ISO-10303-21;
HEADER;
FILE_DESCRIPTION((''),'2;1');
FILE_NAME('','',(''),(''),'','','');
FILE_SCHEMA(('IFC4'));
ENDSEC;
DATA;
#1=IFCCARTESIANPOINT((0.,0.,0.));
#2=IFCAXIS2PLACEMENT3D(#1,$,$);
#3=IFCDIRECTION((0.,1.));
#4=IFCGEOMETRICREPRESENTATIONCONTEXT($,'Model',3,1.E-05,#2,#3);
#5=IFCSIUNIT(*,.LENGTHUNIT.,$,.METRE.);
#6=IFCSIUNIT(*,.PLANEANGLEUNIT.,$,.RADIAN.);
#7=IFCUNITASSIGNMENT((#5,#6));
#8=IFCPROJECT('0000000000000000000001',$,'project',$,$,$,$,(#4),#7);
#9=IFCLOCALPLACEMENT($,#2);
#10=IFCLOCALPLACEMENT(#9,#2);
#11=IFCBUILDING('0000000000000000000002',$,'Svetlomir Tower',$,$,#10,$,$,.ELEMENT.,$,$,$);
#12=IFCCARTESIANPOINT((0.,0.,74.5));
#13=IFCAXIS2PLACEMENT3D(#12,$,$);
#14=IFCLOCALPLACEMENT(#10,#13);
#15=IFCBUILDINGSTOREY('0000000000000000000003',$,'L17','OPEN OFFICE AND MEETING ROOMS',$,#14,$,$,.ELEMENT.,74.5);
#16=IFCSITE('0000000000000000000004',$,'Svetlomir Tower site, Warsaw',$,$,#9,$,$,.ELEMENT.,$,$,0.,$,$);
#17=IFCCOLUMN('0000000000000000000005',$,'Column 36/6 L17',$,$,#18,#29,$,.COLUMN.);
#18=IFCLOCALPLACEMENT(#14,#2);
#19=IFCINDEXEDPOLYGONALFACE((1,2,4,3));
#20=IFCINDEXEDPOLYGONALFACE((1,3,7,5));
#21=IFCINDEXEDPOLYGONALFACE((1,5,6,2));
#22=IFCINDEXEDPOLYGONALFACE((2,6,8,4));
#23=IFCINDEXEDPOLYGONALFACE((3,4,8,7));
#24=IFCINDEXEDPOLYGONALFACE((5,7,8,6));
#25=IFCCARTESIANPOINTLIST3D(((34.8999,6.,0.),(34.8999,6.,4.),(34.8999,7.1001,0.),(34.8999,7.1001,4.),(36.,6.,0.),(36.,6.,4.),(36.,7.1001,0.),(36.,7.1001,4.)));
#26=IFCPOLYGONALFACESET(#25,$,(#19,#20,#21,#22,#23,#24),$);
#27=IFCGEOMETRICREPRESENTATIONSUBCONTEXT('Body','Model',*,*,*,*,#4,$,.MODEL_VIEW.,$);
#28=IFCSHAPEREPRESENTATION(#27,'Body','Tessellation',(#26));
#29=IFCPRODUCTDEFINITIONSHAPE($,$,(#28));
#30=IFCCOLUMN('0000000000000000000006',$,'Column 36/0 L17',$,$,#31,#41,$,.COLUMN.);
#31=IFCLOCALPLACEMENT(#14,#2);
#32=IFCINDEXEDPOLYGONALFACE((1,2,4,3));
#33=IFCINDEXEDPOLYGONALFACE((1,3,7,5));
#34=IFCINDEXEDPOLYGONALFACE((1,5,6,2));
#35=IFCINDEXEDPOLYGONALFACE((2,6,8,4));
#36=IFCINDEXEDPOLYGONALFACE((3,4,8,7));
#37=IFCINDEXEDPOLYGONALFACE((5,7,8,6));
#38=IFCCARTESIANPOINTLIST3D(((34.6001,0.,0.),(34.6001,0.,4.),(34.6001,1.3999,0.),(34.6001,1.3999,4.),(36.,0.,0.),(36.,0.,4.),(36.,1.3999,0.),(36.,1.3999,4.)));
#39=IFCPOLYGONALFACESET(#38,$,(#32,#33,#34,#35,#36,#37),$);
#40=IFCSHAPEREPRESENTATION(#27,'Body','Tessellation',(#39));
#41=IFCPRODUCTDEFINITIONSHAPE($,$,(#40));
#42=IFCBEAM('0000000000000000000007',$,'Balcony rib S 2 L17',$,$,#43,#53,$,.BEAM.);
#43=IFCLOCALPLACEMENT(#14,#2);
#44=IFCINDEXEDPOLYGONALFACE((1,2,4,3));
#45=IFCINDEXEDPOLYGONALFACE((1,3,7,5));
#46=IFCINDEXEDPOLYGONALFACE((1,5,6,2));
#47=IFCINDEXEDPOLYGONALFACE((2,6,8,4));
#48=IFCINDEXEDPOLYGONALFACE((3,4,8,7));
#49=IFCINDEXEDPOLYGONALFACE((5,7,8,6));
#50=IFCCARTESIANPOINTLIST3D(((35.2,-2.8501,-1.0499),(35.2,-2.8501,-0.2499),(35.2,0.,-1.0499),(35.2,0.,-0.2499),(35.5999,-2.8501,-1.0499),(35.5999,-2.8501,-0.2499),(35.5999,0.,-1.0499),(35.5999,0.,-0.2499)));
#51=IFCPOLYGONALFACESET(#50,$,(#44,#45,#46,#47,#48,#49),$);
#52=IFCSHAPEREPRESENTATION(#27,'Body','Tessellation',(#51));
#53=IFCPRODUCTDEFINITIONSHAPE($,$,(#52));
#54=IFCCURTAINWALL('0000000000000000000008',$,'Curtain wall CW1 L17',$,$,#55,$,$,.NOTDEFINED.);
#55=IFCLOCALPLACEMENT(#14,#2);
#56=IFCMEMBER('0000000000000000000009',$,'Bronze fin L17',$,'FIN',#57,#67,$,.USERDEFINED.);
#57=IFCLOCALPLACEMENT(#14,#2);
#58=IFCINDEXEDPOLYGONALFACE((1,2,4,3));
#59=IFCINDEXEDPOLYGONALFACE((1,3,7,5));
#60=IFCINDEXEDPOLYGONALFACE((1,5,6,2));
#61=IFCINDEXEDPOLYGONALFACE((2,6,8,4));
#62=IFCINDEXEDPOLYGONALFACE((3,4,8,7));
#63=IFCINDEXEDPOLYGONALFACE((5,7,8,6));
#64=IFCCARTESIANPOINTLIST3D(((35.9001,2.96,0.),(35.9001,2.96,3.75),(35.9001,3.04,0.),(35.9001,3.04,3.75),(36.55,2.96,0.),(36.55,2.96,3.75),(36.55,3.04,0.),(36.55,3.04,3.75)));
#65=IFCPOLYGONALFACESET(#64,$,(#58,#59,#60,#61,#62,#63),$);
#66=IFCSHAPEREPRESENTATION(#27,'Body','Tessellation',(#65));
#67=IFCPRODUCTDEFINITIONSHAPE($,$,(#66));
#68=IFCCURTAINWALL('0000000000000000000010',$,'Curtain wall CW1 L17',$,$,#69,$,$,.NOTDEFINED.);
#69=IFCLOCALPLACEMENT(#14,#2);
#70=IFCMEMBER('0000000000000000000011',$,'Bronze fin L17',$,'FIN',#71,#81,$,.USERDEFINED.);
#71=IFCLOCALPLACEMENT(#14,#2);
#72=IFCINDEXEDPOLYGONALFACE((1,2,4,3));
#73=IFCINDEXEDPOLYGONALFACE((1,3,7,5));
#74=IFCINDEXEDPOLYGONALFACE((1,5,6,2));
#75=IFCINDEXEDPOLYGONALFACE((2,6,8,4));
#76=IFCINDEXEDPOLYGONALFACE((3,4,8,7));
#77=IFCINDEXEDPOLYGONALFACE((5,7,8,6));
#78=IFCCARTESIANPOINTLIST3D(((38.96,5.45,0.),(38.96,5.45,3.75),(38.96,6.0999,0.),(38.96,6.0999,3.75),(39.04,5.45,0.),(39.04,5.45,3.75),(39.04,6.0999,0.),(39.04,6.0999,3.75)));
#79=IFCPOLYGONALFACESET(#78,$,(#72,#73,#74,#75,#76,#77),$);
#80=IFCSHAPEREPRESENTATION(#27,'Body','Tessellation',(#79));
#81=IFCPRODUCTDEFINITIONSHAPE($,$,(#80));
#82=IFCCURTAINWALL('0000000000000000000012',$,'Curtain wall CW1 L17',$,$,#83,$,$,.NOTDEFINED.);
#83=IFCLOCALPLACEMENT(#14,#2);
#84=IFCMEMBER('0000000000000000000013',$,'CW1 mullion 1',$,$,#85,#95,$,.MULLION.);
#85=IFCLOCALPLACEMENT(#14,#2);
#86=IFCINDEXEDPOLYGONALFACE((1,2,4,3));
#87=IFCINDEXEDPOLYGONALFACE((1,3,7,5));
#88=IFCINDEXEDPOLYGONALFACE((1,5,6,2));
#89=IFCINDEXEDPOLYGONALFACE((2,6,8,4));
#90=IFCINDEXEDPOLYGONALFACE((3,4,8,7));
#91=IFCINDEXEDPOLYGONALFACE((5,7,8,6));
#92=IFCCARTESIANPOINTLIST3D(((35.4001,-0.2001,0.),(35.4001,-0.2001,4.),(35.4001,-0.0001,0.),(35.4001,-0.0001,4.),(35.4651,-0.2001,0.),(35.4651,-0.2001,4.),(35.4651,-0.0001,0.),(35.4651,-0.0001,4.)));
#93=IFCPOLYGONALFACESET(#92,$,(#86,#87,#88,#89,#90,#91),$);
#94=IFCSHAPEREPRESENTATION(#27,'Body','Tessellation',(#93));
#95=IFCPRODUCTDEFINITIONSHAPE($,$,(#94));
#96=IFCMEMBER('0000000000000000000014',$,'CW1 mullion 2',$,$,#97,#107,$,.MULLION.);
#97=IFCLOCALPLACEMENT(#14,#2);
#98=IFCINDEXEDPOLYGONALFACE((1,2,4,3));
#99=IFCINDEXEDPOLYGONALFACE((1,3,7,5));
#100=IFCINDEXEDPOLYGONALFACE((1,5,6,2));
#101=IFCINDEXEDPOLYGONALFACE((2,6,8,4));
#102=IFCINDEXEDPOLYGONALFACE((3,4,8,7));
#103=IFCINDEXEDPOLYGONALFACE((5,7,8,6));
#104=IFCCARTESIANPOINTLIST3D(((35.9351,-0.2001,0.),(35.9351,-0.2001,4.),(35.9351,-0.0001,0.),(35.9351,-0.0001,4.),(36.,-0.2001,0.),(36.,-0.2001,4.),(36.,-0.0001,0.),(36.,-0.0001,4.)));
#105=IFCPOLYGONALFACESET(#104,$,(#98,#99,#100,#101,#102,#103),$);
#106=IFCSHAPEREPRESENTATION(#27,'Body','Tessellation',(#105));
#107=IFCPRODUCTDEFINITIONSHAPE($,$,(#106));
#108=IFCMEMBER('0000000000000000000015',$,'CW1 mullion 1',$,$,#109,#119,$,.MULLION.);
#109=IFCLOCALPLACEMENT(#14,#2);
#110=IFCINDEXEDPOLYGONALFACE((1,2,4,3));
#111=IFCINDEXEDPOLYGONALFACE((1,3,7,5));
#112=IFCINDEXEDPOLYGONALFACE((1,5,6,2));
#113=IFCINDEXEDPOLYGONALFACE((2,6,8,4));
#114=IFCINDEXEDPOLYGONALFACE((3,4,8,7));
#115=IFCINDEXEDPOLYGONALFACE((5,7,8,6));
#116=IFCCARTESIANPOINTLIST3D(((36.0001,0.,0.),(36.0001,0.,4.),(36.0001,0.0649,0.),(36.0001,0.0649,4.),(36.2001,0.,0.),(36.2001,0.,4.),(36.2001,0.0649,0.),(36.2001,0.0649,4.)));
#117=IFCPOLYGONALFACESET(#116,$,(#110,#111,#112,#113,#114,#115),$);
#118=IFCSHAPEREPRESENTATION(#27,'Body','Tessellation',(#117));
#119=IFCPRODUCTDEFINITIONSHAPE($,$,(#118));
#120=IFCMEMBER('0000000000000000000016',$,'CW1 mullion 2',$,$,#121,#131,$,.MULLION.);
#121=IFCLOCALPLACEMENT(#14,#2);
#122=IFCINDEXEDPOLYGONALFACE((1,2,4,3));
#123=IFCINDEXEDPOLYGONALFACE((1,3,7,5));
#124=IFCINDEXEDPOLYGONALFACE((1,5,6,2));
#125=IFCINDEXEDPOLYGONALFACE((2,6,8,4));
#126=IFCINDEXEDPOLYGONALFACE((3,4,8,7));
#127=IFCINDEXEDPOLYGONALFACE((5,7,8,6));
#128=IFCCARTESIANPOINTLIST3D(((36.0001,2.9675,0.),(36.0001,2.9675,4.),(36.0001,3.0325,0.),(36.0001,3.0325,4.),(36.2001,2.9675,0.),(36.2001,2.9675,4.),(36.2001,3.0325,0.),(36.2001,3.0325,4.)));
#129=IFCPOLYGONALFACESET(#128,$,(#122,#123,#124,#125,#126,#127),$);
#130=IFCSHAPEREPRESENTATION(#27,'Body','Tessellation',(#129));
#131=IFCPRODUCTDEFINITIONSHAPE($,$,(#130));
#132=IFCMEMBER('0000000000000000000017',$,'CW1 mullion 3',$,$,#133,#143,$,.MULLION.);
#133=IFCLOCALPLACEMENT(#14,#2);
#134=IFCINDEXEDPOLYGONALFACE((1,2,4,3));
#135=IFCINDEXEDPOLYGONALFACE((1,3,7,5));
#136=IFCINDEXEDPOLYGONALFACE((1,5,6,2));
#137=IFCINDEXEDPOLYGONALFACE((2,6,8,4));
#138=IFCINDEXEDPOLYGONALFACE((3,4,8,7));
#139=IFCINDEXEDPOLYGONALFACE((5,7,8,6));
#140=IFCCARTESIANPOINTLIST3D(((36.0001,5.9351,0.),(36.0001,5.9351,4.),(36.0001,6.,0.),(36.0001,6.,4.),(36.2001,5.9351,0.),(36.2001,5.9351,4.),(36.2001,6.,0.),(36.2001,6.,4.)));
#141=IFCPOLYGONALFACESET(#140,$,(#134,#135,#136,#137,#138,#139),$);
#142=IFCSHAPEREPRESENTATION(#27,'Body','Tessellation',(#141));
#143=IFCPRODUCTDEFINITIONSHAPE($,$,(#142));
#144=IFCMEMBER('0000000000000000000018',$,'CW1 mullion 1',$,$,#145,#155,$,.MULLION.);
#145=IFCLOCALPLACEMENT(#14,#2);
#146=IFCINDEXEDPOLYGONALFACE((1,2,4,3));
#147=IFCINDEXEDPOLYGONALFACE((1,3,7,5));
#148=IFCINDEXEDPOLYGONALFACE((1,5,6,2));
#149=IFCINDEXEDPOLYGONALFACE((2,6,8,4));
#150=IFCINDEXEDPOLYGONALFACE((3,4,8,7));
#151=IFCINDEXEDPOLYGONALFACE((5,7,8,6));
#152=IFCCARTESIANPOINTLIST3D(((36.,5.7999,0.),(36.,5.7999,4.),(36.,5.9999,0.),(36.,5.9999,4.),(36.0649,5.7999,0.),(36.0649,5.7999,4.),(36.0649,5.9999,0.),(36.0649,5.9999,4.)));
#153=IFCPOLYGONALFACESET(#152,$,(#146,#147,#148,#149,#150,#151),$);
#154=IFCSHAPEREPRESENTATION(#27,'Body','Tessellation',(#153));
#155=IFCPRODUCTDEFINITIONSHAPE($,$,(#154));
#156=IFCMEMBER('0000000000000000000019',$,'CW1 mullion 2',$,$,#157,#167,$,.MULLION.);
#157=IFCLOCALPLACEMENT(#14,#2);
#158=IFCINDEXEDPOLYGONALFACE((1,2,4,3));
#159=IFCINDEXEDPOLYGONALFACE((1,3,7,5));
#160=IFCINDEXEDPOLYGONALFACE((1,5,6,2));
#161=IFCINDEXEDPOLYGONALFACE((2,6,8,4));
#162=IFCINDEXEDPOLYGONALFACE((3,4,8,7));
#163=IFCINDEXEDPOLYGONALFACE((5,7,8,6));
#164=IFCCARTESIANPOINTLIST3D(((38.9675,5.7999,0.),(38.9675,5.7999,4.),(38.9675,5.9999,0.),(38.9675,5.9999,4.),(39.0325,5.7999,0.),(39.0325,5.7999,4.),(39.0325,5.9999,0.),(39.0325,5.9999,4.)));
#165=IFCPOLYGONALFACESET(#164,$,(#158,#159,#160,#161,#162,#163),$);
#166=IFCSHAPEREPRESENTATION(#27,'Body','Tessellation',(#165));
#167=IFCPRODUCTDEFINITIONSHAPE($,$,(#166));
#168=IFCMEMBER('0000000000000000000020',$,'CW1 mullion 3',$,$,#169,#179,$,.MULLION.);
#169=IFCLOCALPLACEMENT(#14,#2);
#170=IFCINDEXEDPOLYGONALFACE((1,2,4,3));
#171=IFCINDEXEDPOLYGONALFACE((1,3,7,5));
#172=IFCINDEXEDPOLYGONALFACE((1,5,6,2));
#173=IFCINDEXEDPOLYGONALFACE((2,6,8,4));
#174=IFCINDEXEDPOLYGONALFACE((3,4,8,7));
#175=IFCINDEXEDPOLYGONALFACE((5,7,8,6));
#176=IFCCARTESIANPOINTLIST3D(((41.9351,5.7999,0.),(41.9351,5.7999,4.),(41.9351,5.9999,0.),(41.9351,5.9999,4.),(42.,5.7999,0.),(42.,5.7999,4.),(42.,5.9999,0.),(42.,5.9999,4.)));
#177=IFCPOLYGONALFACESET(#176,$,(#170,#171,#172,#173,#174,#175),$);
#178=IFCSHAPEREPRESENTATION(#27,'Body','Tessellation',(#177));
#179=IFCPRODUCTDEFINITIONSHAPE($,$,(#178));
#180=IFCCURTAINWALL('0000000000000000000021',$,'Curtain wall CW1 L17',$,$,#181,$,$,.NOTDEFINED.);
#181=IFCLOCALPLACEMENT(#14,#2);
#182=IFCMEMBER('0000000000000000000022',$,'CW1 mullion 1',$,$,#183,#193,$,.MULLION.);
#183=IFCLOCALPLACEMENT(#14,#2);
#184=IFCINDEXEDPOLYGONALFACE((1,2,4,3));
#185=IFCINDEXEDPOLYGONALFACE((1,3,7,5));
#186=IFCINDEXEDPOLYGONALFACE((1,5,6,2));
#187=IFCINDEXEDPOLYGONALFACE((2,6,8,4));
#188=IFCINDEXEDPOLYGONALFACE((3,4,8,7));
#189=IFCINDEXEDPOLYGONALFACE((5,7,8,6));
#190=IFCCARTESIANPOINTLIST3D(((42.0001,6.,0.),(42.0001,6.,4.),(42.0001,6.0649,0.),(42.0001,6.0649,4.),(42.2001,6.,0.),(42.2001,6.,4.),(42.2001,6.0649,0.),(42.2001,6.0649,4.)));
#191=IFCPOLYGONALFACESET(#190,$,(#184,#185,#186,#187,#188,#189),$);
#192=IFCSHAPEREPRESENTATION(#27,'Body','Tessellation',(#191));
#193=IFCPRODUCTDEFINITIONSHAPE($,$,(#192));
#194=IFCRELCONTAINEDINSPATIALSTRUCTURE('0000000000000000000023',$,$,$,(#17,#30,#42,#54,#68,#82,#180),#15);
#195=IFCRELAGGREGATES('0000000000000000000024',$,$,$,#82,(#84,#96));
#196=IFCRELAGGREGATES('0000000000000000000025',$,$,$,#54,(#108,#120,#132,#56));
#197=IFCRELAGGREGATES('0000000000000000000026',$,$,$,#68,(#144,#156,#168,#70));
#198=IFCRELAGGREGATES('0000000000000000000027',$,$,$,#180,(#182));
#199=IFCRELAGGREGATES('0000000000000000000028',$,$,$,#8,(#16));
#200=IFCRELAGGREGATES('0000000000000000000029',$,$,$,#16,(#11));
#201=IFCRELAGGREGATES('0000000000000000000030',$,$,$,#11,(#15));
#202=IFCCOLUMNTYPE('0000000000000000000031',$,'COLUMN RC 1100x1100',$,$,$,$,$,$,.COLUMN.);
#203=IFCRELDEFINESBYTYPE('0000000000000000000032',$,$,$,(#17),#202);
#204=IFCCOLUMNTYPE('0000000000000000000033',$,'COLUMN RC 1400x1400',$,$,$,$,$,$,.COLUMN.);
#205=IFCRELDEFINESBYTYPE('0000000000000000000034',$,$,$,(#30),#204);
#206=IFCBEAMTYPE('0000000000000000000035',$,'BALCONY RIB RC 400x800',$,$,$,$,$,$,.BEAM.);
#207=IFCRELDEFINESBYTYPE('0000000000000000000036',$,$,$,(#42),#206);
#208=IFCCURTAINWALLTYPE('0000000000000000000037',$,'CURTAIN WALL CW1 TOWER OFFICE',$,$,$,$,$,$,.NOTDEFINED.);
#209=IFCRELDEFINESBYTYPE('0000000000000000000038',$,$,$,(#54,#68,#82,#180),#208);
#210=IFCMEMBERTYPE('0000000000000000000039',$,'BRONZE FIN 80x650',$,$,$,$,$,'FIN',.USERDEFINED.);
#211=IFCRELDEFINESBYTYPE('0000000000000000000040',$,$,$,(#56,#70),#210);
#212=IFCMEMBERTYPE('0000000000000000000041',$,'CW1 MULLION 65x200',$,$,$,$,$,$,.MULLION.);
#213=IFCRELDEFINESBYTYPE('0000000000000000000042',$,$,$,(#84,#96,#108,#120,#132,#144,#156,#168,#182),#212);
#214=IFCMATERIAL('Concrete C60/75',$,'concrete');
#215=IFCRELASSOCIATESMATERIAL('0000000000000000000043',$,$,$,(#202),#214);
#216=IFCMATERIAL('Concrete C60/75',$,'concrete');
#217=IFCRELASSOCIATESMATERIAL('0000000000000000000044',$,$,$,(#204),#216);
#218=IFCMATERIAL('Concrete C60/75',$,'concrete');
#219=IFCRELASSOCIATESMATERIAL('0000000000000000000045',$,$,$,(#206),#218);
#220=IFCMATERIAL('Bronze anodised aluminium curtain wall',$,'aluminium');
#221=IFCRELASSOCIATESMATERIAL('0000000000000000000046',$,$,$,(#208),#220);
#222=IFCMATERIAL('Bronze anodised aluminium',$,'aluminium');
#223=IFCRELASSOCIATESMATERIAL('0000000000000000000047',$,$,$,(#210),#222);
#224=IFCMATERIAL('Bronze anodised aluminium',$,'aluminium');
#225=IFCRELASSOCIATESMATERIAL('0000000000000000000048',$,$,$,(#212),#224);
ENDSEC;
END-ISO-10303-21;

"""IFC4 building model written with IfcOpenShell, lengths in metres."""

from ifc_helpers import new_model, si_unit, direction, frame, origin, origin_2d, place, context, subcontext, project, spatial, rectangle, extrude, material, material_profile, profile_set, type_object, element, aggregate, save


model = new_model("IFC4")

# Units and contexts
model_context = context("Model", 3, precision=1e-05, world=origin(), true_north=direction((0.0, 1.0)))
body_context = subcontext(model_context, "Body", "Model", "MODEL_VIEW")
ifc_project = project(units=[si_unit("LENGTHUNIT", "METRE"), si_unit("PLANEANGLEUNIT", "RADIAN")], contexts=[model_context])

# Site, building, storey
site_placement = place(None, origin())
site = spatial("IfcSite", under=ifc_project, at=site_placement, Name="Svetlomir Tower site, Warsaw", CompositionType="ELEMENT", RefElevation=0.0)
building_placement = place(site_placement, origin())
building = spatial("IfcBuilding", under=site, at=building_placement, Name="Svetlomir Tower", CompositionType="ELEMENT")
storey_placement = place(building_placement, frame((0.0, 0.0, 74.5)))
storey = spatial("IfcBuildingStorey", under=building, at=storey_placement, Name="L17", Description="OPEN OFFICE AND MEETING ROOMS", CompositionType="ELEMENT", Elevation=74.5)

# Columns
ifc_material_1 = material(Name="Concrete C60/75", Category="concrete")
ifc_material_profile_1 = material_profile(ifc_material_1, rectangle(XDim=1.1001, YDim=1.1001, at=origin_2d()), Name="RC 1100x1100")
ifc_profile_set_1 = profile_set([ifc_material_profile_1], Name="Concrete C60/75")
column_type_1 = type_object("IfcColumnType", Name="COLUMN RC 1100x1100", PredefinedType="COLUMN", material=ifc_profile_set_1)
column_1_placement = place(storey_placement, frame((35.45, 6.55, 0.0), z_axis=(0.0, 0.0, 1.0), x_axis=(1.0, 0.0, 0.0)))
element("IfcColumn", 1, at=column_1_placement, inside=storey, type_object=column_type_1, Name="Column 36/6 L17", PredefinedType="COLUMN", context=body_context, shape_type="SweptSolid", body=[
    extrude(rectangle(XDim=1.1001, YDim=1.1001, at=origin_2d()), origin(), (0.0, 0.0, 1.0), 4.0),
])
ifc_material_2 = material(Name="Concrete C60/75", Category="concrete")
ifc_material_profile_2 = material_profile(ifc_material_2, rectangle(XDim=1.3999, YDim=1.3999, at=origin_2d()), Name="RC 1400x1400")
ifc_profile_set_2 = profile_set([ifc_material_profile_2], Name="Concrete C60/75")
column_type_2 = type_object("IfcColumnType", Name="COLUMN RC 1400x1400", PredefinedType="COLUMN", material=ifc_profile_set_2)
column_2_placement = place(storey_placement, frame((35.3, 0.7, 0.0), z_axis=(0.0, 0.0, 1.0), x_axis=(1.0, 0.0, 0.0)))
element("IfcColumn", 2, at=column_2_placement, inside=storey, type_object=column_type_2, Name="Column 36/0 L17", PredefinedType="COLUMN", context=body_context, shape_type="SweptSolid", body=[
    extrude(rectangle(XDim=1.3999, YDim=1.3999, at=origin_2d()), origin(), (0.0, 0.0, 1.0), 4.0),
])

# Beam
ifc_material_3 = material(Name="Concrete C60/75", Category="concrete")
ifc_material_profile_3 = material_profile(ifc_material_3, rectangle(XDim=0.3999, YDim=0.8, at=origin_2d()), Name="RC 400x800")
ifc_profile_set_3 = profile_set([ifc_material_profile_3], Name="Concrete C60/75")
beam_type_1 = type_object("IfcBeamType", Name="BALCONY RIB RC 400x800", PredefinedType="BEAM", material=ifc_profile_set_3)
beam_placement = place(storey_placement, frame((35.3999, 0.0, -0.6499), z_axis=(0.0, -1.0, 0.0), x_axis=(1.0, 0.0, 0.0)))
element("IfcBeam", 3, at=beam_placement, inside=storey, type_object=beam_type_1, Name="Balcony rib S 2 L17", PredefinedType="BEAM", context=body_context, shape_type="SweptSolid", body=[
    extrude(rectangle(XDim=0.3999, YDim=0.8, at=origin_2d()), origin(), (0.0, 0.0, 1.0), 2.8501),
])

# Curtain walls, members
ifc_material_4 = material(Name="Bronze anodised aluminium curtain wall", Category="aluminium")
curtain_wall_type = type_object("IfcCurtainWallType", Name="CURTAIN WALL CW1 TOWER OFFICE", PredefinedType="NOTDEFINED", material=ifc_material_4)
curtain_wall_1_placement = place(storey_placement, origin())
curtain_wall_1 = element("IfcCurtainWall", 4, at=curtain_wall_1_placement, inside=storey, type_object=curtain_wall_type, Name="Curtain wall CW1 L17", PredefinedType="NOTDEFINED")
ifc_material_5 = material(Name="Bronze anodised aluminium", Category="aluminium")
ifc_material_profile_4 = material_profile(ifc_material_5, rectangle(XDim=0.0801, YDim=0.6499, at=origin_2d()), Name="FIN 80x650")
ifc_profile_set_4 = profile_set([ifc_material_profile_4], Name="Bronze anodised aluminium 6063-T6")
member_type_1 = type_object("IfcMemberType", Name="BRONZE FIN 80x650", ElementType="FIN", PredefinedType="USERDEFINED", material=ifc_profile_set_4)
member_1_placement = place(storey_placement, frame((36.2251, 3.0, 0.0), z_axis=(0.0, 0.0, 1.0), x_axis=(0.0, 1.0, 0.0)))
member_1 = element("IfcMember", 5, at=member_1_placement, type_object=member_type_1, Name="Bronze fin L17", ObjectType="FIN", PredefinedType="USERDEFINED", context=body_context, shape_type="SweptSolid", body=[
    extrude(rectangle(XDim=0.0801, YDim=0.6499, at=origin_2d()), origin(), (0.0, 0.0, 1.0), 3.75),
])
curtain_wall_2_placement = place(storey_placement, origin())
curtain_wall_2 = element("IfcCurtainWall", 6, at=curtain_wall_2_placement, inside=storey, type_object=curtain_wall_type, Name="Curtain wall CW1 L17", PredefinedType="NOTDEFINED")
member_2_placement = place(storey_placement, frame((39.0, 5.7749, 0.0), z_axis=(0.0, 0.0, 1.0), x_axis=(1.0, 0.0, 0.0)))
member_2 = element("IfcMember", 7, at=member_2_placement, type_object=member_type_1, Name="Bronze fin L17", ObjectType="FIN", PredefinedType="USERDEFINED", context=body_context, shape_type="SweptSolid", body=[
    extrude(rectangle(XDim=0.0801, YDim=0.6499, at=origin_2d()), origin(), (0.0, 0.0, 1.0), 3.75),
])

# Curtain wall, members
curtain_wall_3_placement = place(storey_placement, origin())
curtain_wall_3 = element("IfcCurtainWall", 8, at=curtain_wall_3_placement, inside=storey, type_object=curtain_wall_type, Name="Curtain wall CW1 L17", PredefinedType="NOTDEFINED")
ifc_material_6 = material(Name="Bronze anodised aluminium", Category="aluminium")
ifc_material_profile_5 = material_profile(ifc_material_6, rectangle(XDim=0.0649, YDim=0.2, at=origin_2d()), Name="AL 65x200")
ifc_profile_set_5 = profile_set([ifc_material_profile_5], Name="Bronze anodised aluminium 6063-T6")
member_type_2 = type_object("IfcMemberType", Name="CW1 MULLION 65x200", PredefinedType="MULLION", material=ifc_profile_set_5)
member_3_placement = place(storey_placement, frame((35.4326, -0.1001, 0.0), z_axis=(0.0, 0.0, 1.0), x_axis=(1.0, 0.0, 0.0)))
member_3 = element("IfcMember", 9, at=member_3_placement, type_object=member_type_2, Name="CW1 mullion 1", PredefinedType="MULLION", context=body_context, shape_type="SweptSolid", body=[
    extrude(rectangle(XDim=0.0649, YDim=0.2, at=origin_2d()), origin(), (0.0, 0.0, 1.0), 4.0),
])
member_4_placement = place(storey_placement, frame((35.9675, -0.1001, 0.0), z_axis=(0.0, 0.0, 1.0), x_axis=(1.0, 0.0, 0.0)))
member_4 = element("IfcMember", 10, at=member_4_placement, type_object=member_type_2, Name="CW1 mullion 2", PredefinedType="MULLION", context=body_context, shape_type="SweptSolid", body=[
    extrude(rectangle(XDim=0.0649, YDim=0.2, at=origin_2d()), origin(), (0.0, 0.0, 1.0), 4.0),
])

# Members
member_5_placement = place(storey_placement, frame((36.1001, 0.0325, 0.0), z_axis=(0.0, 0.0, 1.0), x_axis=(0.0, 1.0, 0.0)))
member_5 = element("IfcMember", 11, at=member_5_placement, type_object=member_type_2, Name="CW1 mullion 1", PredefinedType="MULLION", context=body_context, shape_type="SweptSolid", body=[
    extrude(rectangle(XDim=0.0649, YDim=0.2, at=origin_2d()), origin(), (0.0, 0.0, 1.0), 4.0),
])
member_6_placement = place(storey_placement, frame((36.1001, 3.0, 0.0), z_axis=(0.0, 0.0, 1.0), x_axis=(0.0, 1.0, 0.0)))
member_6 = element("IfcMember", 12, at=member_6_placement, type_object=member_type_2, Name="CW1 mullion 2", PredefinedType="MULLION", context=body_context, shape_type="SweptSolid", body=[
    extrude(rectangle(XDim=0.0649, YDim=0.2, at=origin_2d()), origin(), (0.0, 0.0, 1.0), 4.0),
])
member_7_placement = place(storey_placement, frame((36.1001, 5.9675, 0.0), z_axis=(0.0, 0.0, 1.0), x_axis=(0.0, 1.0, 0.0)))
member_7 = element("IfcMember", 13, at=member_7_placement, type_object=member_type_2, Name="CW1 mullion 3", PredefinedType="MULLION", context=body_context, shape_type="SweptSolid", body=[
    extrude(rectangle(XDim=0.0649, YDim=0.2, at=origin_2d()), origin(), (0.0, 0.0, 1.0), 4.0),
])
member_8_placement = place(storey_placement, frame((36.0325, 5.8999, 0.0), z_axis=(0.0, 0.0, 1.0), x_axis=(1.0, 0.0, 0.0)))
member_8 = element("IfcMember", 14, at=member_8_placement, type_object=member_type_2, Name="CW1 mullion 1", PredefinedType="MULLION", context=body_context, shape_type="SweptSolid", body=[
    extrude(rectangle(XDim=0.0649, YDim=0.2, at=origin_2d()), origin(), (0.0, 0.0, 1.0), 4.0),
])
member_9_placement = place(storey_placement, frame((39.0, 5.8999, 0.0), z_axis=(0.0, 0.0, 1.0), x_axis=(1.0, 0.0, 0.0)))
member_9 = element("IfcMember", 15, at=member_9_placement, type_object=member_type_2, Name="CW1 mullion 2", PredefinedType="MULLION", context=body_context, shape_type="SweptSolid", body=[
    extrude(rectangle(XDim=0.0649, YDim=0.2, at=origin_2d()), origin(), (0.0, 0.0, 1.0), 4.0),
])
member_10_placement = place(storey_placement, frame((41.9675, 5.8999, 0.0), z_axis=(0.0, 0.0, 1.0), x_axis=(1.0, 0.0, 0.0)))
member_10 = element("IfcMember", 16, at=member_10_placement, type_object=member_type_2, Name="CW1 mullion 3", PredefinedType="MULLION", context=body_context, shape_type="SweptSolid", body=[
    extrude(rectangle(XDim=0.0649, YDim=0.2, at=origin_2d()), origin(), (0.0, 0.0, 1.0), 4.0),
])

# Curtain wall, member
curtain_wall_4_placement = place(storey_placement, origin())
curtain_wall_4 = element("IfcCurtainWall", 17, at=curtain_wall_4_placement, inside=storey, type_object=curtain_wall_type, Name="Curtain wall CW1 L17", PredefinedType="NOTDEFINED")
member_11_placement = place(storey_placement, frame((42.1001, 6.0325, 0.0), z_axis=(0.0, 0.0, 1.0), x_axis=(0.0, 1.0, 0.0)))
member_11 = element("IfcMember", 18, at=member_11_placement, type_object=member_type_2, Name="CW1 mullion 1", PredefinedType="MULLION", context=body_context, shape_type="SweptSolid", body=[
    extrude(rectangle(XDim=0.0649, YDim=0.2, at=origin_2d()), origin(), (0.0, 0.0, 1.0), 4.0),
])

aggregate(curtain_wall_3, [member_3, member_4])
aggregate(curtain_wall_1, [member_5, member_6, member_7, member_1])
aggregate(curtain_wall_2, [member_8, member_9, member_10, member_2])
aggregate(curtain_wall_4, [member_11])

save(model, "model.ifc")
